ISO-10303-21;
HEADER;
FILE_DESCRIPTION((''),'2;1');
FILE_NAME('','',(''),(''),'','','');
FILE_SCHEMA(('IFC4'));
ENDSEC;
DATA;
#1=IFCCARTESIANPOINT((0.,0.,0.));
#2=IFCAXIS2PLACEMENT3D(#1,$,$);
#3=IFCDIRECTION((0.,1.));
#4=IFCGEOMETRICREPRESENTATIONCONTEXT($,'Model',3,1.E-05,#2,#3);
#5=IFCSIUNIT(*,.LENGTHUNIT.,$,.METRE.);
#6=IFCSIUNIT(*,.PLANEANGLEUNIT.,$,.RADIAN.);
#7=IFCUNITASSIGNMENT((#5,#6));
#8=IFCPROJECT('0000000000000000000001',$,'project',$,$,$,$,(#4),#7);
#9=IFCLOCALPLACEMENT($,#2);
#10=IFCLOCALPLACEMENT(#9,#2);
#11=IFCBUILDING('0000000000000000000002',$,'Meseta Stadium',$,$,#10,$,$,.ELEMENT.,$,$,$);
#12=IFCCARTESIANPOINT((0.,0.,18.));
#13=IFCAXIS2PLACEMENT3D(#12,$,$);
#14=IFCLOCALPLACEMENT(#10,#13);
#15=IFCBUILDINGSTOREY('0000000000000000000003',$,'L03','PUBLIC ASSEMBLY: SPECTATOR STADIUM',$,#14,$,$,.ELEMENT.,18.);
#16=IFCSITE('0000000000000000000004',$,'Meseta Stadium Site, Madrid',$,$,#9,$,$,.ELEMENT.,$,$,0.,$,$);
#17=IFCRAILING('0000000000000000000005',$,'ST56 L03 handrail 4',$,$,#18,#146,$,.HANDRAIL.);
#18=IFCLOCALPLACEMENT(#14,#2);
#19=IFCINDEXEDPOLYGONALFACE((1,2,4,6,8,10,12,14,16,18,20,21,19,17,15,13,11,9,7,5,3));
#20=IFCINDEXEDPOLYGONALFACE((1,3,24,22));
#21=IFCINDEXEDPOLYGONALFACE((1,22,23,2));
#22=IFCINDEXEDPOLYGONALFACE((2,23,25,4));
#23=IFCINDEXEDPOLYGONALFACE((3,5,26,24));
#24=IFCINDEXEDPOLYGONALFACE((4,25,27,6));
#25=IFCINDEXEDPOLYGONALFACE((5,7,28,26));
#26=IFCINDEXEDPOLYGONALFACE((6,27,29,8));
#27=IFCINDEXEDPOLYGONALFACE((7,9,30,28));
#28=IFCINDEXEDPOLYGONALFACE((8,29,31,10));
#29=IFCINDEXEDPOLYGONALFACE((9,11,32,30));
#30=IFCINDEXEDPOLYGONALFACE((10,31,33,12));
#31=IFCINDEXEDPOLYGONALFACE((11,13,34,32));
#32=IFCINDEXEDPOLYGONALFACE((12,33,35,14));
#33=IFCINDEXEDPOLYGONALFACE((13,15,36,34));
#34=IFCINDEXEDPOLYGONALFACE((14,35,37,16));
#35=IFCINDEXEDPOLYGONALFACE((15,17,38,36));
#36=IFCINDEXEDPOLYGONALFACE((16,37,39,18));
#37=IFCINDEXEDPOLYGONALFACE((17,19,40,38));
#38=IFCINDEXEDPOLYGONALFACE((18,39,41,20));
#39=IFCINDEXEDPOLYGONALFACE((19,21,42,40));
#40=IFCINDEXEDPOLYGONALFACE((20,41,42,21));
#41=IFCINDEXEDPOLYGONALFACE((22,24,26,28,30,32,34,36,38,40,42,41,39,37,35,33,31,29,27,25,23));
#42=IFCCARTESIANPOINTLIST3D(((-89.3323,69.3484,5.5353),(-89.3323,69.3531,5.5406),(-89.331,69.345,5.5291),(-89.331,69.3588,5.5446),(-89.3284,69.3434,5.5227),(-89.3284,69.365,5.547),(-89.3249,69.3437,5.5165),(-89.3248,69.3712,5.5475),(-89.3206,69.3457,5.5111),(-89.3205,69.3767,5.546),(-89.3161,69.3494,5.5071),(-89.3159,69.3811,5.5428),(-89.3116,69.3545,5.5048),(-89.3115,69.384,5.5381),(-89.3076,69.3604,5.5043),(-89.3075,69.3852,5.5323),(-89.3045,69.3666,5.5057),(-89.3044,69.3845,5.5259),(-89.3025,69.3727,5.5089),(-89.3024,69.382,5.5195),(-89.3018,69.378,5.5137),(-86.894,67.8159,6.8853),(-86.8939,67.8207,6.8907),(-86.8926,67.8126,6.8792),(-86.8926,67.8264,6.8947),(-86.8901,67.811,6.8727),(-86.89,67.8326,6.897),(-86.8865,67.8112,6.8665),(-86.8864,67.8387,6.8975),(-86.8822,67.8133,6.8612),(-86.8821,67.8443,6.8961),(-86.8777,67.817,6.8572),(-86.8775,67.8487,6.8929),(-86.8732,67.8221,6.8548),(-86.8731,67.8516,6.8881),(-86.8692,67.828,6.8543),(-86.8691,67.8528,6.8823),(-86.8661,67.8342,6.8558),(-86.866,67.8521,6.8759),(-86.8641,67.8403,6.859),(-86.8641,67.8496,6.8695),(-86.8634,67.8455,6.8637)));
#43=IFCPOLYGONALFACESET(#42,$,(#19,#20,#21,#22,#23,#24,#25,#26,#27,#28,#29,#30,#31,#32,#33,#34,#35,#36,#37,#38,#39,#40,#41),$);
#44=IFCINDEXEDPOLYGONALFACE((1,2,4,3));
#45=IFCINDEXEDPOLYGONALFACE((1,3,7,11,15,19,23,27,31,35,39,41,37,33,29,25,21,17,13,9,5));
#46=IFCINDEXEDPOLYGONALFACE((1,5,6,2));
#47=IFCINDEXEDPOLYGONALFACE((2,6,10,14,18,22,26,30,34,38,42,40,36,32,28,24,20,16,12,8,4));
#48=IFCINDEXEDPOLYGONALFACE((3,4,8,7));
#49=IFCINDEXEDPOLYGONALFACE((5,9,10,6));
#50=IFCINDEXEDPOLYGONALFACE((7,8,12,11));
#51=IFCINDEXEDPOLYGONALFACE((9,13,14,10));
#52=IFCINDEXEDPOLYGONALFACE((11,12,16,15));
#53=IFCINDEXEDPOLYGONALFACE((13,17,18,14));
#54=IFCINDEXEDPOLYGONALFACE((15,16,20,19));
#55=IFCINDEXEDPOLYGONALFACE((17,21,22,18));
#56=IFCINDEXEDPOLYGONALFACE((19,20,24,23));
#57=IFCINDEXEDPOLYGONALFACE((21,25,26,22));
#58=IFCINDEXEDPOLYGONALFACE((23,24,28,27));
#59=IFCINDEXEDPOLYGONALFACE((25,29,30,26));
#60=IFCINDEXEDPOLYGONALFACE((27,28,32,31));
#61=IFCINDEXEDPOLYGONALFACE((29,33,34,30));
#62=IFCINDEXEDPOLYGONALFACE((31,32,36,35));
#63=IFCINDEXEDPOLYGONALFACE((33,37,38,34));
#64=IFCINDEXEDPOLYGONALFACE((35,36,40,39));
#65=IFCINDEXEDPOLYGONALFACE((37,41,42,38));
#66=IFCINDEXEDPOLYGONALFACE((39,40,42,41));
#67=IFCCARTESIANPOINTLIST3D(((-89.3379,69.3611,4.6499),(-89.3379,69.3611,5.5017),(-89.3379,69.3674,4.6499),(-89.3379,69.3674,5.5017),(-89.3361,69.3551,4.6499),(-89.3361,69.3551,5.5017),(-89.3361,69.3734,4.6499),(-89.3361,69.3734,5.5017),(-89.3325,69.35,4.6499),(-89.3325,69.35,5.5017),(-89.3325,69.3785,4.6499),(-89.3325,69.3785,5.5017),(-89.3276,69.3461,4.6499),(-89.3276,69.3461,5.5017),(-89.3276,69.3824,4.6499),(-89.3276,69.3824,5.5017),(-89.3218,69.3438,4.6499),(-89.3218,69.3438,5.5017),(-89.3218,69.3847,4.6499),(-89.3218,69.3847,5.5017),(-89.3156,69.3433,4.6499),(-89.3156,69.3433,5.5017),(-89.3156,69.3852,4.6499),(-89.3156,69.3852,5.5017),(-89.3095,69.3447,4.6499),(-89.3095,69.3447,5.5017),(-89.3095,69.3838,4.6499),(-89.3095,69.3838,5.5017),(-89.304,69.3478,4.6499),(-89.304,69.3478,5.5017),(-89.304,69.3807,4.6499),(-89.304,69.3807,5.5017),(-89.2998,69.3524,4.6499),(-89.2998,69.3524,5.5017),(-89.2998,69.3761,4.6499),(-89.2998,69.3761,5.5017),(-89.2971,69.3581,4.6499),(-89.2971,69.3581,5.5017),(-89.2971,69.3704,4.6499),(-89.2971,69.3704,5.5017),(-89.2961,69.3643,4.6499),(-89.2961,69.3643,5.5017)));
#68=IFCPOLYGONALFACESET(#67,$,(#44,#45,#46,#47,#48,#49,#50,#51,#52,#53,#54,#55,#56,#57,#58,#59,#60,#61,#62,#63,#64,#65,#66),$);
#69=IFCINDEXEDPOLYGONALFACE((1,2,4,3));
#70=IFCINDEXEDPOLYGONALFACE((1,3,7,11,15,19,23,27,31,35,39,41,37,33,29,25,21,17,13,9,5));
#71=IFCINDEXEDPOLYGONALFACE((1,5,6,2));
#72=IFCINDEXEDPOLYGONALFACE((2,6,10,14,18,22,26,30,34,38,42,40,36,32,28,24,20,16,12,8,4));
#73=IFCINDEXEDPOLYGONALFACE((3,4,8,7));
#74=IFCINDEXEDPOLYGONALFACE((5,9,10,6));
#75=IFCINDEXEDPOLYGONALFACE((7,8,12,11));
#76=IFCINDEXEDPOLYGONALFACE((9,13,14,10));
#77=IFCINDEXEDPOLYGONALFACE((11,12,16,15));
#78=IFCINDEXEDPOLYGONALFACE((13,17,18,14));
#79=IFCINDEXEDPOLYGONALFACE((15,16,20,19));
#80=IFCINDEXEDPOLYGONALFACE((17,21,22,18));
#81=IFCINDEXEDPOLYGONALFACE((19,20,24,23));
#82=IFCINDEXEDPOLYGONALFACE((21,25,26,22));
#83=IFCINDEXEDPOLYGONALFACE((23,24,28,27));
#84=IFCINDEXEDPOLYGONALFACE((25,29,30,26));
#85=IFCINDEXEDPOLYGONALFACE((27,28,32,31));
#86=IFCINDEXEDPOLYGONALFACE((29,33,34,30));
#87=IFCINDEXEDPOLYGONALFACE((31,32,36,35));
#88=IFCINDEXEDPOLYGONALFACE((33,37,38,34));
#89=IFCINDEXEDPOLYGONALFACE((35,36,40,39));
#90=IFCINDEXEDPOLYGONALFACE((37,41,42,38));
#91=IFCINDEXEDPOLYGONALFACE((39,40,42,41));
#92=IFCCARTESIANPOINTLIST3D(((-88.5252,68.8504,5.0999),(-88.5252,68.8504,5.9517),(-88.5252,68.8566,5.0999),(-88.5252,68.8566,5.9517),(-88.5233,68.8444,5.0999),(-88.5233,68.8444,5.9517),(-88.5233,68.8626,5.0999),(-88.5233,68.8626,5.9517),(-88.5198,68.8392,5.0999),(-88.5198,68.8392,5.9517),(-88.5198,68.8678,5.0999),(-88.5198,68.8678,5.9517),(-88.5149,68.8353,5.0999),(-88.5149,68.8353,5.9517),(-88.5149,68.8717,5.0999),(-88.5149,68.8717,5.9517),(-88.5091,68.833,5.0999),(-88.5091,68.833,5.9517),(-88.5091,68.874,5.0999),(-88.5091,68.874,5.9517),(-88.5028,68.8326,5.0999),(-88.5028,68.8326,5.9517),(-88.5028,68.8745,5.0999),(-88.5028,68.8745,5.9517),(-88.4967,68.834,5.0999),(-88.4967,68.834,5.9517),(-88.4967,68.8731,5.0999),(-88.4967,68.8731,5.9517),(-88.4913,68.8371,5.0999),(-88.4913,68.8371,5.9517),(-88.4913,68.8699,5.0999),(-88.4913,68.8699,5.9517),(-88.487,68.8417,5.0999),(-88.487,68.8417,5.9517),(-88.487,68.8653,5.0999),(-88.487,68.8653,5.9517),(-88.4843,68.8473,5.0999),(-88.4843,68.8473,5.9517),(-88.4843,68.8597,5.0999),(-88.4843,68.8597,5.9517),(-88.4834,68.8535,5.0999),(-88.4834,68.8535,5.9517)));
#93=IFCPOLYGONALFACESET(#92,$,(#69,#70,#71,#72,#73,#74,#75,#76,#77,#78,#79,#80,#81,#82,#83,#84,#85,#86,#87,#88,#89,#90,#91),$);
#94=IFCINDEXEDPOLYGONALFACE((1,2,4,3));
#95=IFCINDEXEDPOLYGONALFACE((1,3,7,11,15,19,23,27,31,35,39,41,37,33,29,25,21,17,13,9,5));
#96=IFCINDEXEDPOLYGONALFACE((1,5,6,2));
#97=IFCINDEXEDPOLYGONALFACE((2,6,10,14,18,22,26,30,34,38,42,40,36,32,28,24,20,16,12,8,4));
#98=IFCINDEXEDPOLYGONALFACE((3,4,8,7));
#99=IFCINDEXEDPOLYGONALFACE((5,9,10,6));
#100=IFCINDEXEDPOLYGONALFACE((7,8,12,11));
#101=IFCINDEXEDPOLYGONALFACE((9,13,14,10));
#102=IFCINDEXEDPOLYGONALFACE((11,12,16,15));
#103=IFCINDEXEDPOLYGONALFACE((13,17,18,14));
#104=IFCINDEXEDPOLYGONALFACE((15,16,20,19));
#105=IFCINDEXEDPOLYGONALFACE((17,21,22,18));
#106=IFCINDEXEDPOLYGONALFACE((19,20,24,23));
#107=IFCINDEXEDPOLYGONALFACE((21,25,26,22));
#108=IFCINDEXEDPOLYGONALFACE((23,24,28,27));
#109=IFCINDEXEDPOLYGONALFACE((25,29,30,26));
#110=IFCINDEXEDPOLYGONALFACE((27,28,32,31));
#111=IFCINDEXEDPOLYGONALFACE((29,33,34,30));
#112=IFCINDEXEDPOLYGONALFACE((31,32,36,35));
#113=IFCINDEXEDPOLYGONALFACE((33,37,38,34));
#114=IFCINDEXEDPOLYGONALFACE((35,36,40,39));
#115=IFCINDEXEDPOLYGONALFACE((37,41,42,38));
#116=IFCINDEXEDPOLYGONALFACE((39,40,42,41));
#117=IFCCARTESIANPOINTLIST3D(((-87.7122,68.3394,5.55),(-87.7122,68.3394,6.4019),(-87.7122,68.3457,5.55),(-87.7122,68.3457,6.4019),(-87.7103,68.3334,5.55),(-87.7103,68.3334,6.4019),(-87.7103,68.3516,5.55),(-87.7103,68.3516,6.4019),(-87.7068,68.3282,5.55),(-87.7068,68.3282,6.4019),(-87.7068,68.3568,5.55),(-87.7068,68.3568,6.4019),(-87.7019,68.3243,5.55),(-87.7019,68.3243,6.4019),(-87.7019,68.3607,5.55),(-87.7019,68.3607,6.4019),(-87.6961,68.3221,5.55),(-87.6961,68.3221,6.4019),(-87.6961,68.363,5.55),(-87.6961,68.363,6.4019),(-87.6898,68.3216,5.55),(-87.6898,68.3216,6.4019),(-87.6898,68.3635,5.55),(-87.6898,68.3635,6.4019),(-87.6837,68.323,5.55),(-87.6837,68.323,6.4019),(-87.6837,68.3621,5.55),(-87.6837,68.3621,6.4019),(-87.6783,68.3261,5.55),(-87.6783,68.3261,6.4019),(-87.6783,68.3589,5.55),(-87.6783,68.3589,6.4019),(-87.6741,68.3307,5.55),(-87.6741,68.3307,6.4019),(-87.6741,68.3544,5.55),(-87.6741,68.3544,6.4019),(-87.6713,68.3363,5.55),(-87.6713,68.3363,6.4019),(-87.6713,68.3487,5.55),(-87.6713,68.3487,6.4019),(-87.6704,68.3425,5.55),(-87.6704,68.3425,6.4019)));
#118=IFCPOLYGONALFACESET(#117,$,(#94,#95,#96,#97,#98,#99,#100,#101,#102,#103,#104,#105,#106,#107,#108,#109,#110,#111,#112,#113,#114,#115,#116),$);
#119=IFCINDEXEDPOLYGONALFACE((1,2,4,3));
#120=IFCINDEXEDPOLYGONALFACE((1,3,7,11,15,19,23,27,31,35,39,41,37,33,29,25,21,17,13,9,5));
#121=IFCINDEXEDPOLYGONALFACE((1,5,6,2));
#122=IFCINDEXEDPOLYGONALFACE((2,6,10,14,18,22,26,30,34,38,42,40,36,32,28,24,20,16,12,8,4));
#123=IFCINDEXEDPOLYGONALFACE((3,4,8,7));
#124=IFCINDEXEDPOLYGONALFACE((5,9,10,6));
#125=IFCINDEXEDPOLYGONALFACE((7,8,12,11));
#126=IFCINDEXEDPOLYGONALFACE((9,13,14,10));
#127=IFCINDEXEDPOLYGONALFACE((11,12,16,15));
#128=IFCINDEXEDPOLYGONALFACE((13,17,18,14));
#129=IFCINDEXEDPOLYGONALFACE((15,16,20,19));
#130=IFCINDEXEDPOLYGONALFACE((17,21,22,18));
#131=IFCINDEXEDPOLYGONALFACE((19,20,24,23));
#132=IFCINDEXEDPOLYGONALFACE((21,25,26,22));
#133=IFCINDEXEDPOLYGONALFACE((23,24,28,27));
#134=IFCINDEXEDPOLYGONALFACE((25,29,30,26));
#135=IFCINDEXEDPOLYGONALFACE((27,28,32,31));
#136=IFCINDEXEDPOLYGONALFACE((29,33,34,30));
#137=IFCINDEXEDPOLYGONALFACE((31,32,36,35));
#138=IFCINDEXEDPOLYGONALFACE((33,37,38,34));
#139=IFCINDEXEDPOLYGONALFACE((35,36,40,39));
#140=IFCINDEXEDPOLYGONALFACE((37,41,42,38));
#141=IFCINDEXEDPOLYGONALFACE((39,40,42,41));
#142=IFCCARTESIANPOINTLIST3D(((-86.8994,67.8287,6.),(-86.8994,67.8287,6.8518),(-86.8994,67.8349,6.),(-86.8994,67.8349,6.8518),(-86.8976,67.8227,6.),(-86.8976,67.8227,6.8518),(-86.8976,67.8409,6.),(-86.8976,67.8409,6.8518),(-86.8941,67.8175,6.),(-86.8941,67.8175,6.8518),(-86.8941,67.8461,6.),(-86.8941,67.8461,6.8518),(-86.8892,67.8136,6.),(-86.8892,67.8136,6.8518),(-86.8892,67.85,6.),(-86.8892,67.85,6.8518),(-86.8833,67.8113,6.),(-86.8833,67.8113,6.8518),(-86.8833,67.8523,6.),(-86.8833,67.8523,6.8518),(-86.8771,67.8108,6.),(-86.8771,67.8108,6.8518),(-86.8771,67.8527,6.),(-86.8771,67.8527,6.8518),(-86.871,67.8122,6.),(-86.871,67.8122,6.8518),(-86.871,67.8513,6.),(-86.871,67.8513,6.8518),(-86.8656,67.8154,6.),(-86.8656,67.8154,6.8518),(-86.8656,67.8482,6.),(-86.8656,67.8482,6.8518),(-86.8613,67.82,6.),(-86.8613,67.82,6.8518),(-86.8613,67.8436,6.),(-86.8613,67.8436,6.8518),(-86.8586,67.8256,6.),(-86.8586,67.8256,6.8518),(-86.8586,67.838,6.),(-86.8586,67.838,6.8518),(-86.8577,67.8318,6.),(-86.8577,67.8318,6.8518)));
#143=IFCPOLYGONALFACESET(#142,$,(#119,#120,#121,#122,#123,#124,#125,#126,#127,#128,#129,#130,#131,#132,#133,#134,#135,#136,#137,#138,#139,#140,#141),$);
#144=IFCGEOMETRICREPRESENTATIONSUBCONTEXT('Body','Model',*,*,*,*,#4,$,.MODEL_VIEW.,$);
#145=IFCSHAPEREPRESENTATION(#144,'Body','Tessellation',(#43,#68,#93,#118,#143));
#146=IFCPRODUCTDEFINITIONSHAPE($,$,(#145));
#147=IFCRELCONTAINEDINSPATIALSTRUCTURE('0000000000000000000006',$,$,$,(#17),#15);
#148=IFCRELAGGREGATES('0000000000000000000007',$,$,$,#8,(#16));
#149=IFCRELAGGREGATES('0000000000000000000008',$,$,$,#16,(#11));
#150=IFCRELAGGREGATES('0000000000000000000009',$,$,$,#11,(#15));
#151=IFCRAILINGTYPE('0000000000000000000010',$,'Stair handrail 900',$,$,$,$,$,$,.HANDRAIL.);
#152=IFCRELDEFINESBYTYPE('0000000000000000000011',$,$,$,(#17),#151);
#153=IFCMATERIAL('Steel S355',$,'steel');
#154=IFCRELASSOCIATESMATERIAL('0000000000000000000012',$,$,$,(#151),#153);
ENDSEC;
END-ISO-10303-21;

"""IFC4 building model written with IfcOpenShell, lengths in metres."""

from ifc_helpers import new_model, si_unit, direction, frame, origin, origin_2d, place, context, subcontext, project, spatial, circle, extrude, material, type_object, element, save


model = new_model("IFC4")

# Units and contexts
model_context = context("Model", 3, precision=1e-05, world=origin(), true_north=direction((0.0, 1.0)))
body_context = subcontext(model_context, "Body", "Model", "MODEL_VIEW")
ifc_project = project(units=[si_unit("LENGTHUNIT", "METRE"), si_unit("PLANEANGLEUNIT", "RADIAN")], contexts=[model_context])

# Site, building, storey
site_placement = place(None, origin())
site = spatial("IfcSite", under=ifc_project, at=site_placement, Name="Meseta Stadium Site, Madrid", CompositionType="ELEMENT", RefElevation=0.0)
building_placement = place(site_placement, origin())
building = spatial("IfcBuilding", under=site, at=building_placement, Name="Meseta Stadium", CompositionType="ELEMENT")
storey_placement = place(building_placement, frame((0.0, 0.0, 18.0)))
storey = spatial("IfcBuildingStorey", under=building, at=storey_placement, Name="L03", Description="PUBLIC ASSEMBLY: SPECTATOR STADIUM", CompositionType="ELEMENT", Elevation=18.0)

# Railing
ifc_material_1 = material(Name="Steel S355", Category="steel")
railing_type_1 = type_object("IfcRailingType", Name="Stair handrail 900", PredefinedType="HANDRAIL", material=ifc_material_1)
for number, where, name in (
    (1, (-89.3171, 69.3643, 4.6499), "ST56 L03 handrail 4"),
):
    element("IfcRailing", number, at=place(storey_placement, frame(where)), inside=storey, type_object=railing_type_1, Name=name, PredefinedType="HANDRAIL", context=body_context, shape_type="SweptSolid", body=[
        extrude(circle(Radius=0.0239, at=origin_2d()), frame((0.0, 0.0, 0.876), z_axis=(0.766627, -0.48179, 0.424454), x_axis=(0.5321, 0.846681, 0.0)), (0.0, 0.0, 1.0), 3.1807),
        extrude(circle(Radius=0.021, at=origin_2d()), origin(), (0.0, 0.0, 1.0), 0.8518),
        extrude(circle(Radius=0.021, at=origin_2d()), frame((0.8127, -0.5107, 0.45)), (0.0, 0.0, 1.0), 0.8518),
        extrude(circle(Radius=0.021, at=origin_2d()), frame((1.6257, -1.0217, 0.9001)), (0.0, 0.0, 1.0), 0.8518),
        extrude(circle(Radius=0.021, at=origin_2d()), frame((2.4385, -1.5325, 1.3501)), (0.0, 0.0, 1.0), 0.8518),
    ])

save(model, "model.ifc")
